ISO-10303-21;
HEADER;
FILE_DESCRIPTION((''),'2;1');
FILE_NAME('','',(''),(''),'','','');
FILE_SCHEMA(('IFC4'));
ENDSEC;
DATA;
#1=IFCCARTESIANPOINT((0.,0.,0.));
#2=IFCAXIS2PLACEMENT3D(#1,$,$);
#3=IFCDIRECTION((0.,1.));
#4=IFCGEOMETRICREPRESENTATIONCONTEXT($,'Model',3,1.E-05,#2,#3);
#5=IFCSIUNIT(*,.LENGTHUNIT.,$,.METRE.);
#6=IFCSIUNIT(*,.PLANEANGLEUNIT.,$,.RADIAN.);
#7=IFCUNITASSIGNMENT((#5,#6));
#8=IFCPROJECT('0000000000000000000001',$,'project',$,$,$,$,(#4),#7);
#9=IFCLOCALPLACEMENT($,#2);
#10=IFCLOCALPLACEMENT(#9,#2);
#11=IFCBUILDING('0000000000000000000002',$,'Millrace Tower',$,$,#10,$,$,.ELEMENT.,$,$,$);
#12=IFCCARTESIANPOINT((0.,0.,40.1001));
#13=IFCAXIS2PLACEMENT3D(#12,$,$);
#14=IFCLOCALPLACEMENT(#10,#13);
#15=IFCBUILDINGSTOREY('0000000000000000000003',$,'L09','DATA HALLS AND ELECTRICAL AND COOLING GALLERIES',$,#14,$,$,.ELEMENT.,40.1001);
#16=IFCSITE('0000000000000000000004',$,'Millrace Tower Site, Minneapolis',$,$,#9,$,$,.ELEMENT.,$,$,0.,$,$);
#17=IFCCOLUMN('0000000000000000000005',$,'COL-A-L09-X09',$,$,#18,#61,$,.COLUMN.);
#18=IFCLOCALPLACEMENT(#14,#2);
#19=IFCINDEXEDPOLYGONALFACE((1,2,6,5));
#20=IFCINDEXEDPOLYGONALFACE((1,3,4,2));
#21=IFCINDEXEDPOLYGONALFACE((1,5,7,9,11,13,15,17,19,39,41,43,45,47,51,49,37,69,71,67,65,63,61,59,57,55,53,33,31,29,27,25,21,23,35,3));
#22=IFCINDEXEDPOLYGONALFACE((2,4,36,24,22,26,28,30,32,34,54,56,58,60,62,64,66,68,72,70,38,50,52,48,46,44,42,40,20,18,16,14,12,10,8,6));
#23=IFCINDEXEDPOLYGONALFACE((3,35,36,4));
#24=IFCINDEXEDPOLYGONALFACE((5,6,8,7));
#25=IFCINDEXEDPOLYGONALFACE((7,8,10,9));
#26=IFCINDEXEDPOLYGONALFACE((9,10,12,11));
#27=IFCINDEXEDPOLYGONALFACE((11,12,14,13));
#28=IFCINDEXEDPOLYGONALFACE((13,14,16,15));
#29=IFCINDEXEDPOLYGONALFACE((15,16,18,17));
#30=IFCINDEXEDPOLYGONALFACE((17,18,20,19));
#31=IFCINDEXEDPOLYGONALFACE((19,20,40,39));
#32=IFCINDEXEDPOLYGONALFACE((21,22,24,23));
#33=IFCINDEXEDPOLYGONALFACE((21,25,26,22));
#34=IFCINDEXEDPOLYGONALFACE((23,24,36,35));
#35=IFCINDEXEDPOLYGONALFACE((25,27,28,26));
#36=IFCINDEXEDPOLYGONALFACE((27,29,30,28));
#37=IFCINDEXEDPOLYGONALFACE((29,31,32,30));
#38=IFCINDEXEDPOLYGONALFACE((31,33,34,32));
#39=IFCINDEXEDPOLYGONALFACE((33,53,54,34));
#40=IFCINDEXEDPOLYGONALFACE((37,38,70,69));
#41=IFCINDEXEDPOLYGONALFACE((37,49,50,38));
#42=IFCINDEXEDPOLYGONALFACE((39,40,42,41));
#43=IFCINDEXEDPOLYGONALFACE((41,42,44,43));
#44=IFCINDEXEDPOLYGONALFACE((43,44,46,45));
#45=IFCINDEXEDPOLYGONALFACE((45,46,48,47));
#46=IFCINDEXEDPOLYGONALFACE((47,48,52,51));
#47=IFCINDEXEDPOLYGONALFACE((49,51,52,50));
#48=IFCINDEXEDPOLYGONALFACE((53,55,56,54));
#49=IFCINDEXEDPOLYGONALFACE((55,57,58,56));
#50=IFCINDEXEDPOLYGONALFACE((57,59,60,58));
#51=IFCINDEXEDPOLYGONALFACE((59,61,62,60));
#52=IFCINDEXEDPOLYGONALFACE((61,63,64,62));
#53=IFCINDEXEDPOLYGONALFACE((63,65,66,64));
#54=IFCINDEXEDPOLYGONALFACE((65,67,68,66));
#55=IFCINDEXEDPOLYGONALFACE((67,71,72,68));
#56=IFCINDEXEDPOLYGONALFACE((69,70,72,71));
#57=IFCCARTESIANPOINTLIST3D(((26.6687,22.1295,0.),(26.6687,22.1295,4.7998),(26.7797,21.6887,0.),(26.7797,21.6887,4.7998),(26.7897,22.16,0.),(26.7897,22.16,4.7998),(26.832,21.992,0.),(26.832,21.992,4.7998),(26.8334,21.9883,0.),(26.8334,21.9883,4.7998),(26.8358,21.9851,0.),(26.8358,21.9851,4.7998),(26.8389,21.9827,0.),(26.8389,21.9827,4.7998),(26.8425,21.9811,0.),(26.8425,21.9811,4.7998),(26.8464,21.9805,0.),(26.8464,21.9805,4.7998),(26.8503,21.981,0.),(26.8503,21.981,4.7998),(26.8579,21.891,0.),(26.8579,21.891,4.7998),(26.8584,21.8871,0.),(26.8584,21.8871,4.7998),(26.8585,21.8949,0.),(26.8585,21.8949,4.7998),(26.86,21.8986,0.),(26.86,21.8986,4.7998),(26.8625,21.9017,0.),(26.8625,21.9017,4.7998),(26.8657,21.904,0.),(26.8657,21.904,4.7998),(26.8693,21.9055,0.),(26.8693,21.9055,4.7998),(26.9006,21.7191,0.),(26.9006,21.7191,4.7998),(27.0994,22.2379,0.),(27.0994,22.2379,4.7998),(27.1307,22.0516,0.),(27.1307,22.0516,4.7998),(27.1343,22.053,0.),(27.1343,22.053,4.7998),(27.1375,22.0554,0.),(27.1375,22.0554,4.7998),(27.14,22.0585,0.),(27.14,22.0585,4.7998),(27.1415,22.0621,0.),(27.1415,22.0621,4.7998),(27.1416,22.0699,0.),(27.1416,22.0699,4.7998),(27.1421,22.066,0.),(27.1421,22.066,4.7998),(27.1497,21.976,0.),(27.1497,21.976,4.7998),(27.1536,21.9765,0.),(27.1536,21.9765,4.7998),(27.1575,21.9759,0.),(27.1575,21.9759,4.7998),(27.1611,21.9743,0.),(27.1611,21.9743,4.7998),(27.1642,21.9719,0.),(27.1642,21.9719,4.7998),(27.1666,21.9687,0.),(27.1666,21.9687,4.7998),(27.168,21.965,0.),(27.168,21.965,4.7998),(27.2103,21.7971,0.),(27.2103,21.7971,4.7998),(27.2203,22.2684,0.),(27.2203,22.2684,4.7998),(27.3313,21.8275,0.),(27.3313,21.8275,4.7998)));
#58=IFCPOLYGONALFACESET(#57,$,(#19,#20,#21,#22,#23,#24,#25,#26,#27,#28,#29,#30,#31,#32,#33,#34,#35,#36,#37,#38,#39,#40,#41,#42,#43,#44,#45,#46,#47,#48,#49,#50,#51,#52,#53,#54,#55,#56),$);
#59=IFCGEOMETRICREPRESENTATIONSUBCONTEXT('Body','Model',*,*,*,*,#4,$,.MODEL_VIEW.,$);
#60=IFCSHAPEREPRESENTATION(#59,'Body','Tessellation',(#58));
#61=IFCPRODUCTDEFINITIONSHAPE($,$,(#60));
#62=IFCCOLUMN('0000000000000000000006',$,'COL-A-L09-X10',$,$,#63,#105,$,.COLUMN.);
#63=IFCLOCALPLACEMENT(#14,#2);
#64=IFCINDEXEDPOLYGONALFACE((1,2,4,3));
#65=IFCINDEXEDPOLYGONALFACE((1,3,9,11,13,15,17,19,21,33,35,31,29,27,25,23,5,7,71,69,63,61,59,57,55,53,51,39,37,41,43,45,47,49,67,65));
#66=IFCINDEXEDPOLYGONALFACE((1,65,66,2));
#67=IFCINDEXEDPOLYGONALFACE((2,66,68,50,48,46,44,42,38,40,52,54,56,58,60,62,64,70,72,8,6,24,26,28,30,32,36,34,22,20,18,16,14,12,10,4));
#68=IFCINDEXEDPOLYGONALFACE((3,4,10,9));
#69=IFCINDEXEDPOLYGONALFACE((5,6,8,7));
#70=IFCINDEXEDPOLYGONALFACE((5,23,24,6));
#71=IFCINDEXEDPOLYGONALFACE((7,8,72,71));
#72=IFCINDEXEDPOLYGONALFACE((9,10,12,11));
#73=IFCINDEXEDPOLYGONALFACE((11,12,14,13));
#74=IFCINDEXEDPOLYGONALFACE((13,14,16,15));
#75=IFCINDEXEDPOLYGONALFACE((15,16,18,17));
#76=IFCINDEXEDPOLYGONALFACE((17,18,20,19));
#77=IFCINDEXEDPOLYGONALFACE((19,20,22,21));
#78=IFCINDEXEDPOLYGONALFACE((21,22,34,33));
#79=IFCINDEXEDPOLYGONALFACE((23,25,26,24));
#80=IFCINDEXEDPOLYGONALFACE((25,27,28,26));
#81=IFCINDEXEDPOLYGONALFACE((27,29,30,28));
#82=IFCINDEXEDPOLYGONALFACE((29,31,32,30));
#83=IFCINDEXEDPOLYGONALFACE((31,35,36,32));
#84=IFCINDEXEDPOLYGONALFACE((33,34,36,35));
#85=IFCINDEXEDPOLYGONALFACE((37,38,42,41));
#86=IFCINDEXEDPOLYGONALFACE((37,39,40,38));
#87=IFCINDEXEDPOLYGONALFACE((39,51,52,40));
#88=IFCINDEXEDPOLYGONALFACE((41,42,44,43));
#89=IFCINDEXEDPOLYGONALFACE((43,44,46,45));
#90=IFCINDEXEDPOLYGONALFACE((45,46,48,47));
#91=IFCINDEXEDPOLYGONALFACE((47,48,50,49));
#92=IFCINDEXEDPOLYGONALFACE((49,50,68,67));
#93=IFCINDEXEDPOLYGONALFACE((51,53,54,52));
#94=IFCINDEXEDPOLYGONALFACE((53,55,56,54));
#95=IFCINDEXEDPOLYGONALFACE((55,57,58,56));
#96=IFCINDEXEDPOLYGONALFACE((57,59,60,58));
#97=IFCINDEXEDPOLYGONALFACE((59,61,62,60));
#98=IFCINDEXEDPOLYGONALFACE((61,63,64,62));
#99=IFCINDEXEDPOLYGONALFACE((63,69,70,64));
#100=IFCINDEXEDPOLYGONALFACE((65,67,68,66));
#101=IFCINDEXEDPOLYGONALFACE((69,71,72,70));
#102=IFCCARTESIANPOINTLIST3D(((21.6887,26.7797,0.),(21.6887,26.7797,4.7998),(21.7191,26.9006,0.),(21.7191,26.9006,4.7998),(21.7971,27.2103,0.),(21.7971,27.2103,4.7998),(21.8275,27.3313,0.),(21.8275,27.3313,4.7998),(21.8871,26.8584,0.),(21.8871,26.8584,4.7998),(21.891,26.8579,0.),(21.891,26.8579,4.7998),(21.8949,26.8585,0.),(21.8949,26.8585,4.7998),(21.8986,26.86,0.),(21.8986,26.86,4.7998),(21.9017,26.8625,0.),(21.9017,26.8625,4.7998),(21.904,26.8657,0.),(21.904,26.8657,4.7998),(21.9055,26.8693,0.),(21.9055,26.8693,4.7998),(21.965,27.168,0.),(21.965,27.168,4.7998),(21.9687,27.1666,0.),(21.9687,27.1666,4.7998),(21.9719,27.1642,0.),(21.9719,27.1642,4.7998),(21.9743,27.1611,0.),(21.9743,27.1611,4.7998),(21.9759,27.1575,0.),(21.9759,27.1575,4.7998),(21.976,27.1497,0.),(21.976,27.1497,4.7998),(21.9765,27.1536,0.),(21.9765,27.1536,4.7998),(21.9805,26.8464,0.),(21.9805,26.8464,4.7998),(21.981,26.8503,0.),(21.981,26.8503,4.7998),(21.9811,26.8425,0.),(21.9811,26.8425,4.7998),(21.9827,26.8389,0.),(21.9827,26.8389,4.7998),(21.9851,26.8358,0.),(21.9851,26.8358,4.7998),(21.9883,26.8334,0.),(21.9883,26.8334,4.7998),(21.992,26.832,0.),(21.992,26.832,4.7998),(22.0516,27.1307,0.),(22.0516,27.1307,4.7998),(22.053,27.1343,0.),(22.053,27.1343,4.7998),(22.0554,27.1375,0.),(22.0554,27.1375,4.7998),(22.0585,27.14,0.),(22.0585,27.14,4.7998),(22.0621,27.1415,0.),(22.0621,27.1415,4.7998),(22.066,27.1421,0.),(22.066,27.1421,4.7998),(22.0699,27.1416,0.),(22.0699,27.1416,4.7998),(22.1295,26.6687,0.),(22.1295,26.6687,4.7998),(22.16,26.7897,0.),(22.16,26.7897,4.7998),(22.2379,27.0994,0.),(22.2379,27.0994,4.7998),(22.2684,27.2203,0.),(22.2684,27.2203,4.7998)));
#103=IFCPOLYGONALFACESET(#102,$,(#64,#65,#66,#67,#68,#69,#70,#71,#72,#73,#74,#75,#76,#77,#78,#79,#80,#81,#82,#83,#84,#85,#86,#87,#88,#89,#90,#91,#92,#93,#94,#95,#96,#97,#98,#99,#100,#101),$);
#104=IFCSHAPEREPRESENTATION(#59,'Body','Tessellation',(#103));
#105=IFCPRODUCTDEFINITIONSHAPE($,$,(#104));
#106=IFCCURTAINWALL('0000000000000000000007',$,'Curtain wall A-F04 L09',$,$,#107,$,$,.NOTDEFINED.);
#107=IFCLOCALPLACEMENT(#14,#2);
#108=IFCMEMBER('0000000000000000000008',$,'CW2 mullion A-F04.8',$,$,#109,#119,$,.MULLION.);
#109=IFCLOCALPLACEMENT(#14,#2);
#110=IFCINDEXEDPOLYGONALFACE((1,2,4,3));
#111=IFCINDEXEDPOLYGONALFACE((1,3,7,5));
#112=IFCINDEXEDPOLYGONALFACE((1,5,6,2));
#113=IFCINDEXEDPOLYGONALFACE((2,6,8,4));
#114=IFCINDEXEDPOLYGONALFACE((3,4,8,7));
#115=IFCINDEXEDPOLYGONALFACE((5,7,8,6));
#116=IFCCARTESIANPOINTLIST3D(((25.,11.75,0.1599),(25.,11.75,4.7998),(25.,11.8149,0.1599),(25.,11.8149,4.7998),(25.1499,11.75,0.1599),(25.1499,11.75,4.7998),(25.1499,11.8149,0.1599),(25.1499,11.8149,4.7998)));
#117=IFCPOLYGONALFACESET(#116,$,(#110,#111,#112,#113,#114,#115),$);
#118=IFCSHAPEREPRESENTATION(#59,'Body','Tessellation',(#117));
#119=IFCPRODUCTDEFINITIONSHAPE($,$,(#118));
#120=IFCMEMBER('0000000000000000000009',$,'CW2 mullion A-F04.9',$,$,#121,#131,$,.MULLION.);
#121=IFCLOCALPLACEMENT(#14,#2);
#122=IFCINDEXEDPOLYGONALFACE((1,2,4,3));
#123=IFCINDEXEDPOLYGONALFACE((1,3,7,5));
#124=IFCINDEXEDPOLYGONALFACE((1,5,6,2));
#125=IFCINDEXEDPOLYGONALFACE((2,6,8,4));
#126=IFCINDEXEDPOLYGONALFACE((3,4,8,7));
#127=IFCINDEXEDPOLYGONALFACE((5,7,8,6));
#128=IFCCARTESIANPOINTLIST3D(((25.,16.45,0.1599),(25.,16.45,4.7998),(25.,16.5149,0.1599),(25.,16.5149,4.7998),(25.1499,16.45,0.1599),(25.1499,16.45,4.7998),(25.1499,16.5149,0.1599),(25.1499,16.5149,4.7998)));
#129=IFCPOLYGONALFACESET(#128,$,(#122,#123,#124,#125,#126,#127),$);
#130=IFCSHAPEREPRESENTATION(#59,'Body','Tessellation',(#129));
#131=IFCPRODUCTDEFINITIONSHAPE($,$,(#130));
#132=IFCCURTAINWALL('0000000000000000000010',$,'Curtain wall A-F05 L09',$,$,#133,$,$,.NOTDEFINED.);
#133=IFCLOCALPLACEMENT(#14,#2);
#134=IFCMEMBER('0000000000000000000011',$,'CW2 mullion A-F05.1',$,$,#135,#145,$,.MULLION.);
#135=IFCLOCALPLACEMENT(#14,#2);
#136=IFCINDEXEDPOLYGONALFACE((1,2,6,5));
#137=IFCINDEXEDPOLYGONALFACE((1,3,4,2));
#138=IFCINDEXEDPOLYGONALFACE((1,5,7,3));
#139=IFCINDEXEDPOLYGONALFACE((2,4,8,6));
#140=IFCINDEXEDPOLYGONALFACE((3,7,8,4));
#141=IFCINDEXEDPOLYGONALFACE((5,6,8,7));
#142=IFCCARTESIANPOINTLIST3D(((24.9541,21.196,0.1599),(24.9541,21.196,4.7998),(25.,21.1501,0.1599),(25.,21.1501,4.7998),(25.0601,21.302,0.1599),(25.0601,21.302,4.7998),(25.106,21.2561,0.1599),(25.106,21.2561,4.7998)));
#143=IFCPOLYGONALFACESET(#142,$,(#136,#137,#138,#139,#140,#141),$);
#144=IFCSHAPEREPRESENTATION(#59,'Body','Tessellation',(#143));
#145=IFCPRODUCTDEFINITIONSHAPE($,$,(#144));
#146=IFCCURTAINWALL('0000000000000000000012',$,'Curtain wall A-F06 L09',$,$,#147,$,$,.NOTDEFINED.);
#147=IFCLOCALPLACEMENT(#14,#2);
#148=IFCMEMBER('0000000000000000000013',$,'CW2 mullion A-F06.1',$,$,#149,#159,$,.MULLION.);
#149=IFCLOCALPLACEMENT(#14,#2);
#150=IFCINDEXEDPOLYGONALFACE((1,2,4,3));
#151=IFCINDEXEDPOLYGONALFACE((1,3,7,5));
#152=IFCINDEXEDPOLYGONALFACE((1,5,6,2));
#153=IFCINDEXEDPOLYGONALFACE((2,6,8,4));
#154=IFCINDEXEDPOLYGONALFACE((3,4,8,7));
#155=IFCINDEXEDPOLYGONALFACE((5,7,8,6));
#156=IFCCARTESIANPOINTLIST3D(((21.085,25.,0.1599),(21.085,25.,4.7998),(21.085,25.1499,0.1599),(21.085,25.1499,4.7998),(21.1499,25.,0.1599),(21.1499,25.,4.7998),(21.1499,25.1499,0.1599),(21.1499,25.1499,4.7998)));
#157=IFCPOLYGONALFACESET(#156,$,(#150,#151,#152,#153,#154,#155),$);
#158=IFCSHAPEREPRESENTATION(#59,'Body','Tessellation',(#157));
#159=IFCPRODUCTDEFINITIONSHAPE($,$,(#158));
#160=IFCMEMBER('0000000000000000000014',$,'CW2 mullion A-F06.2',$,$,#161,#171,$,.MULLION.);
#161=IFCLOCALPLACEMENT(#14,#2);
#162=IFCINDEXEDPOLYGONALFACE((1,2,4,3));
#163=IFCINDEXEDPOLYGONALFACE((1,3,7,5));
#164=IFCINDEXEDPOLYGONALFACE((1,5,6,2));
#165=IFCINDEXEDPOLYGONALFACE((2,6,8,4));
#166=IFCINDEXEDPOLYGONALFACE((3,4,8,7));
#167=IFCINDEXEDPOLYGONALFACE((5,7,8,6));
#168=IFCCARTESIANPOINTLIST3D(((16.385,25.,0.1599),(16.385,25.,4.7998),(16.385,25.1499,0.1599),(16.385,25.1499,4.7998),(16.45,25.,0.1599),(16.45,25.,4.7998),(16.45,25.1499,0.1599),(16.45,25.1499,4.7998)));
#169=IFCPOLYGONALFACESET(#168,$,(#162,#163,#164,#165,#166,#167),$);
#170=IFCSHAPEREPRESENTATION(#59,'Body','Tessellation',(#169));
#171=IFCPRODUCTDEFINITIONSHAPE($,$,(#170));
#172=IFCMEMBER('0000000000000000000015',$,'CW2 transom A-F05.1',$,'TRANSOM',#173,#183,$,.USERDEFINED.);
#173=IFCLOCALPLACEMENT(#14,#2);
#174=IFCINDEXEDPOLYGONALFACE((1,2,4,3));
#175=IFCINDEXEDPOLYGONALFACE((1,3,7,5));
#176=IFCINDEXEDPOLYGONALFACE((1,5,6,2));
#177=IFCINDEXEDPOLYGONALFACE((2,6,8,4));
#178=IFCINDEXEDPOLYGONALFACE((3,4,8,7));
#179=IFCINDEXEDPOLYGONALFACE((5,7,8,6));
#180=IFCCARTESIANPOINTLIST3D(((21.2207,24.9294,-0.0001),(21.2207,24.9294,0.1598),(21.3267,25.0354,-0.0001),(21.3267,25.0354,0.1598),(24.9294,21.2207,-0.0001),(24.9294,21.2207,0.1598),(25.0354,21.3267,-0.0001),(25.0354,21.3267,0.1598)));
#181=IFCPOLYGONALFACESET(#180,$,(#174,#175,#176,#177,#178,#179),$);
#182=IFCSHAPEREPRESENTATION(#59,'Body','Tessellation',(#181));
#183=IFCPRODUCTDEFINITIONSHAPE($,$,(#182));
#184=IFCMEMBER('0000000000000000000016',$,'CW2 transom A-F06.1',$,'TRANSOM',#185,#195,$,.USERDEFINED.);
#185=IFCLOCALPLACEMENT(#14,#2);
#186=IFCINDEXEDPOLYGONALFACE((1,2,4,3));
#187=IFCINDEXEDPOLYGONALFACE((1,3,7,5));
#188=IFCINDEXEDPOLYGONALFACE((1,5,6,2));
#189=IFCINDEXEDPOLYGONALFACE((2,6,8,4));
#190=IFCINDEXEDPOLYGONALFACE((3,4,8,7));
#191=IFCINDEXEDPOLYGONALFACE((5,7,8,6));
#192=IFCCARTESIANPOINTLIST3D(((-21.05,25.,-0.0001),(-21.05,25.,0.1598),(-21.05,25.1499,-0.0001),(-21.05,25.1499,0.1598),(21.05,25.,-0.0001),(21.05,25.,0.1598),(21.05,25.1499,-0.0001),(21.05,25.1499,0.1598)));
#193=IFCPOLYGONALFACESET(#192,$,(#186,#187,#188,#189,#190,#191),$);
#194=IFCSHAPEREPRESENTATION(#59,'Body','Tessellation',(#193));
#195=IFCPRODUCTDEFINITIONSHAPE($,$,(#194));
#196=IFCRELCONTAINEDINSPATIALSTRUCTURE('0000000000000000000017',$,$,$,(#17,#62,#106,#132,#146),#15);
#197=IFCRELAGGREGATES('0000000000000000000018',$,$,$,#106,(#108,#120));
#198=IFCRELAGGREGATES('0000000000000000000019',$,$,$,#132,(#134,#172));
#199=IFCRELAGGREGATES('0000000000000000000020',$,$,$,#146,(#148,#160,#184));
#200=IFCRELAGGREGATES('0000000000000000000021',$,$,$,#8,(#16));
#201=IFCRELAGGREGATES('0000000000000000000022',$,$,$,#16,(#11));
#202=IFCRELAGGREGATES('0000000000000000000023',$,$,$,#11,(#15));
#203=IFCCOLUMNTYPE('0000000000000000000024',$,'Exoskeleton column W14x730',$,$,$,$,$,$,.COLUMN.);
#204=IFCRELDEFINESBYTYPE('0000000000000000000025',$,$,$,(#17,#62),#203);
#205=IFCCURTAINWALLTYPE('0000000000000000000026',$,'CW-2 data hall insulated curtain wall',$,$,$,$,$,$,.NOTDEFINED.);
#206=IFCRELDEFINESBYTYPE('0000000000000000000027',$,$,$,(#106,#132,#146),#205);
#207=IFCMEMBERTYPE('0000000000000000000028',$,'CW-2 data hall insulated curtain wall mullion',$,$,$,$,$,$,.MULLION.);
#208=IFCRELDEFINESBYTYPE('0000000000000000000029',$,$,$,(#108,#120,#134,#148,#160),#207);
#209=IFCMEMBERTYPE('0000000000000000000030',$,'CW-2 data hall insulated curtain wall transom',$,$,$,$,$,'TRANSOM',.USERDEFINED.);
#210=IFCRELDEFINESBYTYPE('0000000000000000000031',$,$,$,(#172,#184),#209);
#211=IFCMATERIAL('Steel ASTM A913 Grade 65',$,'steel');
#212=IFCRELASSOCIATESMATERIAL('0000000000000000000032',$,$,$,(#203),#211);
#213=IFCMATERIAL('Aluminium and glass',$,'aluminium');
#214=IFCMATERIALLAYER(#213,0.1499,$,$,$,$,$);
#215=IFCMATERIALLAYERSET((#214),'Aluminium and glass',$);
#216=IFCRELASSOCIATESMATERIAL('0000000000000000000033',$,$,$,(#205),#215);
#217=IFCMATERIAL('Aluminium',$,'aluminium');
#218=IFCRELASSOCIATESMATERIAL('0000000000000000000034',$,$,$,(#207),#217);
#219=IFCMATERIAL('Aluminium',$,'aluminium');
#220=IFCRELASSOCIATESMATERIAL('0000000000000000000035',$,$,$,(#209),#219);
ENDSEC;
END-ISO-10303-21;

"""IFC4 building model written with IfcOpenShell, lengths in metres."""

from ifc_helpers import new_model, si_unit, direction, frame, origin, origin_2d, place, context, subcontext, project, spatial, rectangle, i_section, extrude, material, layer, layer_set, material_profile, profile_set, type_object, element, aggregate, save


model = new_model("IFC4")

# Units and contexts
model_context = context("Model", 3, precision=1e-05, world=origin(), true_north=direction((0.0, 1.0)))
body_context = subcontext(model_context, "Body", "Model", "MODEL_VIEW")
ifc_project = project(units=[si_unit("LENGTHUNIT", "METRE"), si_unit("PLANEANGLEUNIT", "RADIAN")], contexts=[model_context])

# Site, building, storey
site_placement = place(None, origin())
site = spatial("IfcSite", under=ifc_project, at=site_placement, Name="Millrace Tower Site, Minneapolis", CompositionType="ELEMENT", RefElevation=0.0)
building_placement = place(site_placement, origin())
building = spatial("IfcBuilding", under=site, at=building_placement, Name="Millrace Tower", CompositionType="ELEMENT")
storey_placement = place(building_placement, frame((0.0, 0.0, 40.1001)))
storey = spatial("IfcBuildingStorey", under=building, at=storey_placement, Name="L09", Description="DATA HALLS AND ELECTRICAL AND COOLING GALLERIES", CompositionType="ELEMENT", Elevation=40.1001)

# Columns
ifc_material_1 = material(Name="Steel ASTM A913 Grade 65", Category="steel")
ifc_material_profile_1 = material_profile(ifc_material_1, i_section(OverallWidth=0.4546, OverallDepth=0.5688, WebThickness=0.0779, FlangeThickness=0.1248, FilletRadius=0.0151, at=origin_2d()))
ifc_profile_set_1 = profile_set([ifc_material_profile_1], Name="Steel ASTM A913 Grade 65")
column_type = type_object("IfcColumnType", Name="Exoskeleton column W14x730", PredefinedType="COLUMN", material=ifc_profile_set_1)
for number, where, z_axis, x_axis, name in (
    (1, (27.0, 21.9785, 0.0), (0.0, 0.0, 1.0), (-0.244094, 0.969752, 0.0), "COL-A-L09-X09"),
    (2, (21.9785, 27.0, 0.0), (0.0, 0.0, 1.0), (-0.969752, 0.244094, 0.0), "COL-A-L09-X10"),
):
    element("IfcColumn", number, at=place(storey_placement, frame(where, z_axis=z_axis, x_axis=x_axis)), inside=storey, type_object=column_type, Name=name, PredefinedType="COLUMN", context=body_context, shape_type="SweptSolid", body=[
        extrude(i_section(OverallWidth=0.4546, OverallDepth=0.5688, WebThickness=0.0779, FlangeThickness=0.1248, FilletRadius=0.0151, at=origin_2d()), origin(), (0.0, 0.0, 1.0), 4.7998),
    ])

# Curtain wall, members
ifc_material_2 = material(Name="Aluminium and glass", Category="aluminium")
ifc_layer_1 = layer(ifc_material_2, 0.1499)
ifc_layer_set_1 = layer_set([ifc_layer_1], Name="Aluminium and glass")
curtain_wall_type = type_object("IfcCurtainWallType", Name="CW-2 data hall insulated curtain wall", PredefinedType="NOTDEFINED", material=ifc_layer_set_1)
placement = place(storey_placement, origin())
curtain_wall_1 = element("IfcCurtainWall", 3, at=placement, inside=storey, type_object=curtain_wall_type, Name="Curtain wall A-F04 L09", PredefinedType="NOTDEFINED")
ifc_material_3 = material(Name="Aluminium", Category="aluminium")
ifc_material_profile_2 = material_profile(ifc_material_3, rectangle(XDim=0.0649, YDim=0.1499, at=origin_2d()))
ifc_profile_set_2 = profile_set([ifc_material_profile_2], Name="Aluminium")
member_type_1 = type_object("IfcMemberType", Name="CW-2 data hall insulated curtain wall mullion", PredefinedType="MULLION", material=ifc_profile_set_2)
member_1_placement = place(storey_placement, frame((25.075, 11.7825, 0.1599), z_axis=(0.0, 0.0, 1.0), x_axis=(0.0, 1.0, 0.0)))
member_1 = element("IfcMember", 4, at=member_1_placement, type_object=member_type_1, Name="CW2 mullion A-F04.8", PredefinedType="MULLION", context=body_context, shape_type="SweptSolid", body=[
    extrude(rectangle(XDim=0.0649, YDim=0.1499, at=origin_2d()), origin(), (0.0, 0.0, 1.0), 4.6399),
])
member_2_placement = place(storey_placement, frame((25.075, 16.4824, 0.1599), z_axis=(0.0, 0.0, 1.0), x_axis=(0.0, 1.0, 0.0)))
member_2 = element("IfcMember", 5, at=member_2_placement, type_object=member_type_1, Name="CW2 mullion A-F04.9", PredefinedType="MULLION", context=body_context, shape_type="SweptSolid", body=[
    extrude(rectangle(XDim=0.0649, YDim=0.1499, at=origin_2d()), origin(), (0.0, 0.0, 1.0), 4.6399),
])
aggregate(curtain_wall_1, [member_1, member_2])

# Curtain wall, member
curtain_wall_2 = element("IfcCurtainWall", 6, at=placement, inside=storey, type_object=curtain_wall_type, Name="Curtain wall A-F05 L09", PredefinedType="NOTDEFINED")
member_3_placement = place(storey_placement, frame((25.03, 21.2261, 0.1599), z_axis=(0.0, 0.0, 1.0), x_axis=(-0.707107, 0.707107, 0.0)))
member_3 = element("IfcMember", 7, at=member_3_placement, type_object=member_type_1, Name="CW2 mullion A-F05.1", PredefinedType="MULLION", context=body_context, shape_type="SweptSolid", body=[
    extrude(rectangle(XDim=0.0649, YDim=0.1499, at=origin_2d()), origin(), (0.0, 0.0, 1.0), 4.6399),
])

# Curtain wall, members
curtain_wall_3 = element("IfcCurtainWall", 8, at=placement, inside=storey, type_object=curtain_wall_type, Name="Curtain wall A-F06 L09", PredefinedType="NOTDEFINED")
member_4_placement = place(storey_placement, frame((21.1174, 25.075, 0.1599), z_axis=(0.0, 0.0, 1.0), x_axis=(-1.0, 0.0, 0.0)))
member_4 = element("IfcMember", 9, at=member_4_placement, type_object=member_type_1, Name="CW2 mullion A-F06.1", PredefinedType="MULLION", context=body_context, shape_type="SweptSolid", body=[
    extrude(rectangle(XDim=0.0649, YDim=0.1499, at=origin_2d()), origin(), (0.0, 0.0, 1.0), 4.6399),
])
member_5_placement = place(storey_placement, frame((16.4175, 25.075, 0.1599), z_axis=(0.0, 0.0, 1.0), x_axis=(-1.0, 0.0, 0.0)))
member_5 = element("IfcMember", 10, at=member_5_placement, type_object=member_type_1, Name="CW2 mullion A-F06.2", PredefinedType="MULLION", context=body_context, shape_type="SweptSolid", body=[
    extrude(rectangle(XDim=0.0649, YDim=0.1499, at=origin_2d()), origin(), (0.0, 0.0, 1.0), 4.6399),
])

# Members
ifc_material_4 = material(Name="Aluminium", Category="aluminium")
ifc_material_profile_3 = material_profile(ifc_material_4, rectangle(XDim=0.1499, YDim=0.1599, at=origin_2d()))
ifc_profile_set_3 = profile_set([ifc_material_profile_3], Name="Aluminium")
member_type_2 = type_object("IfcMemberType", Name="CW-2 data hall insulated curtain wall transom", ElementType="TRANSOM", PredefinedType="USERDEFINED", material=ifc_profile_set_3)
member_6_placement = place(storey_placement, frame((24.9824, 21.2737, 0.0798), z_axis=(-0.707107, 0.707107, 0.0), x_axis=(-0.707107, -0.707107, 0.0)))
member_6 = element("IfcMember", 11, at=member_6_placement, type_object=member_type_2, Name="CW2 transom A-F05.1", ObjectType="TRANSOM", PredefinedType="USERDEFINED", context=body_context, shape_type="SweptSolid", body=[
    extrude(rectangle(XDim=0.1499, YDim=0.1599, at=origin_2d()), origin(), (0.0, 0.0, 1.0), 5.2449),
])
aggregate(curtain_wall_2, [member_3, member_6])
member_7_placement = place(storey_placement, frame((21.05, 25.075, 0.0798), z_axis=(-1.0, 0.0, 0.0), x_axis=(0.0, -1.0, 0.0)))
member_7 = element("IfcMember", 12, at=member_7_placement, type_object=member_type_2, Name="CW2 transom A-F06.1", ObjectType="TRANSOM", PredefinedType="USERDEFINED", context=body_context, shape_type="SweptSolid", body=[
    extrude(rectangle(XDim=0.1499, YDim=0.1599, at=origin_2d()), origin(), (0.0, 0.0, 1.0), 42.1001),
])
aggregate(curtain_wall_3, [member_4, member_5, member_7])

save(model, "model.ifc")
